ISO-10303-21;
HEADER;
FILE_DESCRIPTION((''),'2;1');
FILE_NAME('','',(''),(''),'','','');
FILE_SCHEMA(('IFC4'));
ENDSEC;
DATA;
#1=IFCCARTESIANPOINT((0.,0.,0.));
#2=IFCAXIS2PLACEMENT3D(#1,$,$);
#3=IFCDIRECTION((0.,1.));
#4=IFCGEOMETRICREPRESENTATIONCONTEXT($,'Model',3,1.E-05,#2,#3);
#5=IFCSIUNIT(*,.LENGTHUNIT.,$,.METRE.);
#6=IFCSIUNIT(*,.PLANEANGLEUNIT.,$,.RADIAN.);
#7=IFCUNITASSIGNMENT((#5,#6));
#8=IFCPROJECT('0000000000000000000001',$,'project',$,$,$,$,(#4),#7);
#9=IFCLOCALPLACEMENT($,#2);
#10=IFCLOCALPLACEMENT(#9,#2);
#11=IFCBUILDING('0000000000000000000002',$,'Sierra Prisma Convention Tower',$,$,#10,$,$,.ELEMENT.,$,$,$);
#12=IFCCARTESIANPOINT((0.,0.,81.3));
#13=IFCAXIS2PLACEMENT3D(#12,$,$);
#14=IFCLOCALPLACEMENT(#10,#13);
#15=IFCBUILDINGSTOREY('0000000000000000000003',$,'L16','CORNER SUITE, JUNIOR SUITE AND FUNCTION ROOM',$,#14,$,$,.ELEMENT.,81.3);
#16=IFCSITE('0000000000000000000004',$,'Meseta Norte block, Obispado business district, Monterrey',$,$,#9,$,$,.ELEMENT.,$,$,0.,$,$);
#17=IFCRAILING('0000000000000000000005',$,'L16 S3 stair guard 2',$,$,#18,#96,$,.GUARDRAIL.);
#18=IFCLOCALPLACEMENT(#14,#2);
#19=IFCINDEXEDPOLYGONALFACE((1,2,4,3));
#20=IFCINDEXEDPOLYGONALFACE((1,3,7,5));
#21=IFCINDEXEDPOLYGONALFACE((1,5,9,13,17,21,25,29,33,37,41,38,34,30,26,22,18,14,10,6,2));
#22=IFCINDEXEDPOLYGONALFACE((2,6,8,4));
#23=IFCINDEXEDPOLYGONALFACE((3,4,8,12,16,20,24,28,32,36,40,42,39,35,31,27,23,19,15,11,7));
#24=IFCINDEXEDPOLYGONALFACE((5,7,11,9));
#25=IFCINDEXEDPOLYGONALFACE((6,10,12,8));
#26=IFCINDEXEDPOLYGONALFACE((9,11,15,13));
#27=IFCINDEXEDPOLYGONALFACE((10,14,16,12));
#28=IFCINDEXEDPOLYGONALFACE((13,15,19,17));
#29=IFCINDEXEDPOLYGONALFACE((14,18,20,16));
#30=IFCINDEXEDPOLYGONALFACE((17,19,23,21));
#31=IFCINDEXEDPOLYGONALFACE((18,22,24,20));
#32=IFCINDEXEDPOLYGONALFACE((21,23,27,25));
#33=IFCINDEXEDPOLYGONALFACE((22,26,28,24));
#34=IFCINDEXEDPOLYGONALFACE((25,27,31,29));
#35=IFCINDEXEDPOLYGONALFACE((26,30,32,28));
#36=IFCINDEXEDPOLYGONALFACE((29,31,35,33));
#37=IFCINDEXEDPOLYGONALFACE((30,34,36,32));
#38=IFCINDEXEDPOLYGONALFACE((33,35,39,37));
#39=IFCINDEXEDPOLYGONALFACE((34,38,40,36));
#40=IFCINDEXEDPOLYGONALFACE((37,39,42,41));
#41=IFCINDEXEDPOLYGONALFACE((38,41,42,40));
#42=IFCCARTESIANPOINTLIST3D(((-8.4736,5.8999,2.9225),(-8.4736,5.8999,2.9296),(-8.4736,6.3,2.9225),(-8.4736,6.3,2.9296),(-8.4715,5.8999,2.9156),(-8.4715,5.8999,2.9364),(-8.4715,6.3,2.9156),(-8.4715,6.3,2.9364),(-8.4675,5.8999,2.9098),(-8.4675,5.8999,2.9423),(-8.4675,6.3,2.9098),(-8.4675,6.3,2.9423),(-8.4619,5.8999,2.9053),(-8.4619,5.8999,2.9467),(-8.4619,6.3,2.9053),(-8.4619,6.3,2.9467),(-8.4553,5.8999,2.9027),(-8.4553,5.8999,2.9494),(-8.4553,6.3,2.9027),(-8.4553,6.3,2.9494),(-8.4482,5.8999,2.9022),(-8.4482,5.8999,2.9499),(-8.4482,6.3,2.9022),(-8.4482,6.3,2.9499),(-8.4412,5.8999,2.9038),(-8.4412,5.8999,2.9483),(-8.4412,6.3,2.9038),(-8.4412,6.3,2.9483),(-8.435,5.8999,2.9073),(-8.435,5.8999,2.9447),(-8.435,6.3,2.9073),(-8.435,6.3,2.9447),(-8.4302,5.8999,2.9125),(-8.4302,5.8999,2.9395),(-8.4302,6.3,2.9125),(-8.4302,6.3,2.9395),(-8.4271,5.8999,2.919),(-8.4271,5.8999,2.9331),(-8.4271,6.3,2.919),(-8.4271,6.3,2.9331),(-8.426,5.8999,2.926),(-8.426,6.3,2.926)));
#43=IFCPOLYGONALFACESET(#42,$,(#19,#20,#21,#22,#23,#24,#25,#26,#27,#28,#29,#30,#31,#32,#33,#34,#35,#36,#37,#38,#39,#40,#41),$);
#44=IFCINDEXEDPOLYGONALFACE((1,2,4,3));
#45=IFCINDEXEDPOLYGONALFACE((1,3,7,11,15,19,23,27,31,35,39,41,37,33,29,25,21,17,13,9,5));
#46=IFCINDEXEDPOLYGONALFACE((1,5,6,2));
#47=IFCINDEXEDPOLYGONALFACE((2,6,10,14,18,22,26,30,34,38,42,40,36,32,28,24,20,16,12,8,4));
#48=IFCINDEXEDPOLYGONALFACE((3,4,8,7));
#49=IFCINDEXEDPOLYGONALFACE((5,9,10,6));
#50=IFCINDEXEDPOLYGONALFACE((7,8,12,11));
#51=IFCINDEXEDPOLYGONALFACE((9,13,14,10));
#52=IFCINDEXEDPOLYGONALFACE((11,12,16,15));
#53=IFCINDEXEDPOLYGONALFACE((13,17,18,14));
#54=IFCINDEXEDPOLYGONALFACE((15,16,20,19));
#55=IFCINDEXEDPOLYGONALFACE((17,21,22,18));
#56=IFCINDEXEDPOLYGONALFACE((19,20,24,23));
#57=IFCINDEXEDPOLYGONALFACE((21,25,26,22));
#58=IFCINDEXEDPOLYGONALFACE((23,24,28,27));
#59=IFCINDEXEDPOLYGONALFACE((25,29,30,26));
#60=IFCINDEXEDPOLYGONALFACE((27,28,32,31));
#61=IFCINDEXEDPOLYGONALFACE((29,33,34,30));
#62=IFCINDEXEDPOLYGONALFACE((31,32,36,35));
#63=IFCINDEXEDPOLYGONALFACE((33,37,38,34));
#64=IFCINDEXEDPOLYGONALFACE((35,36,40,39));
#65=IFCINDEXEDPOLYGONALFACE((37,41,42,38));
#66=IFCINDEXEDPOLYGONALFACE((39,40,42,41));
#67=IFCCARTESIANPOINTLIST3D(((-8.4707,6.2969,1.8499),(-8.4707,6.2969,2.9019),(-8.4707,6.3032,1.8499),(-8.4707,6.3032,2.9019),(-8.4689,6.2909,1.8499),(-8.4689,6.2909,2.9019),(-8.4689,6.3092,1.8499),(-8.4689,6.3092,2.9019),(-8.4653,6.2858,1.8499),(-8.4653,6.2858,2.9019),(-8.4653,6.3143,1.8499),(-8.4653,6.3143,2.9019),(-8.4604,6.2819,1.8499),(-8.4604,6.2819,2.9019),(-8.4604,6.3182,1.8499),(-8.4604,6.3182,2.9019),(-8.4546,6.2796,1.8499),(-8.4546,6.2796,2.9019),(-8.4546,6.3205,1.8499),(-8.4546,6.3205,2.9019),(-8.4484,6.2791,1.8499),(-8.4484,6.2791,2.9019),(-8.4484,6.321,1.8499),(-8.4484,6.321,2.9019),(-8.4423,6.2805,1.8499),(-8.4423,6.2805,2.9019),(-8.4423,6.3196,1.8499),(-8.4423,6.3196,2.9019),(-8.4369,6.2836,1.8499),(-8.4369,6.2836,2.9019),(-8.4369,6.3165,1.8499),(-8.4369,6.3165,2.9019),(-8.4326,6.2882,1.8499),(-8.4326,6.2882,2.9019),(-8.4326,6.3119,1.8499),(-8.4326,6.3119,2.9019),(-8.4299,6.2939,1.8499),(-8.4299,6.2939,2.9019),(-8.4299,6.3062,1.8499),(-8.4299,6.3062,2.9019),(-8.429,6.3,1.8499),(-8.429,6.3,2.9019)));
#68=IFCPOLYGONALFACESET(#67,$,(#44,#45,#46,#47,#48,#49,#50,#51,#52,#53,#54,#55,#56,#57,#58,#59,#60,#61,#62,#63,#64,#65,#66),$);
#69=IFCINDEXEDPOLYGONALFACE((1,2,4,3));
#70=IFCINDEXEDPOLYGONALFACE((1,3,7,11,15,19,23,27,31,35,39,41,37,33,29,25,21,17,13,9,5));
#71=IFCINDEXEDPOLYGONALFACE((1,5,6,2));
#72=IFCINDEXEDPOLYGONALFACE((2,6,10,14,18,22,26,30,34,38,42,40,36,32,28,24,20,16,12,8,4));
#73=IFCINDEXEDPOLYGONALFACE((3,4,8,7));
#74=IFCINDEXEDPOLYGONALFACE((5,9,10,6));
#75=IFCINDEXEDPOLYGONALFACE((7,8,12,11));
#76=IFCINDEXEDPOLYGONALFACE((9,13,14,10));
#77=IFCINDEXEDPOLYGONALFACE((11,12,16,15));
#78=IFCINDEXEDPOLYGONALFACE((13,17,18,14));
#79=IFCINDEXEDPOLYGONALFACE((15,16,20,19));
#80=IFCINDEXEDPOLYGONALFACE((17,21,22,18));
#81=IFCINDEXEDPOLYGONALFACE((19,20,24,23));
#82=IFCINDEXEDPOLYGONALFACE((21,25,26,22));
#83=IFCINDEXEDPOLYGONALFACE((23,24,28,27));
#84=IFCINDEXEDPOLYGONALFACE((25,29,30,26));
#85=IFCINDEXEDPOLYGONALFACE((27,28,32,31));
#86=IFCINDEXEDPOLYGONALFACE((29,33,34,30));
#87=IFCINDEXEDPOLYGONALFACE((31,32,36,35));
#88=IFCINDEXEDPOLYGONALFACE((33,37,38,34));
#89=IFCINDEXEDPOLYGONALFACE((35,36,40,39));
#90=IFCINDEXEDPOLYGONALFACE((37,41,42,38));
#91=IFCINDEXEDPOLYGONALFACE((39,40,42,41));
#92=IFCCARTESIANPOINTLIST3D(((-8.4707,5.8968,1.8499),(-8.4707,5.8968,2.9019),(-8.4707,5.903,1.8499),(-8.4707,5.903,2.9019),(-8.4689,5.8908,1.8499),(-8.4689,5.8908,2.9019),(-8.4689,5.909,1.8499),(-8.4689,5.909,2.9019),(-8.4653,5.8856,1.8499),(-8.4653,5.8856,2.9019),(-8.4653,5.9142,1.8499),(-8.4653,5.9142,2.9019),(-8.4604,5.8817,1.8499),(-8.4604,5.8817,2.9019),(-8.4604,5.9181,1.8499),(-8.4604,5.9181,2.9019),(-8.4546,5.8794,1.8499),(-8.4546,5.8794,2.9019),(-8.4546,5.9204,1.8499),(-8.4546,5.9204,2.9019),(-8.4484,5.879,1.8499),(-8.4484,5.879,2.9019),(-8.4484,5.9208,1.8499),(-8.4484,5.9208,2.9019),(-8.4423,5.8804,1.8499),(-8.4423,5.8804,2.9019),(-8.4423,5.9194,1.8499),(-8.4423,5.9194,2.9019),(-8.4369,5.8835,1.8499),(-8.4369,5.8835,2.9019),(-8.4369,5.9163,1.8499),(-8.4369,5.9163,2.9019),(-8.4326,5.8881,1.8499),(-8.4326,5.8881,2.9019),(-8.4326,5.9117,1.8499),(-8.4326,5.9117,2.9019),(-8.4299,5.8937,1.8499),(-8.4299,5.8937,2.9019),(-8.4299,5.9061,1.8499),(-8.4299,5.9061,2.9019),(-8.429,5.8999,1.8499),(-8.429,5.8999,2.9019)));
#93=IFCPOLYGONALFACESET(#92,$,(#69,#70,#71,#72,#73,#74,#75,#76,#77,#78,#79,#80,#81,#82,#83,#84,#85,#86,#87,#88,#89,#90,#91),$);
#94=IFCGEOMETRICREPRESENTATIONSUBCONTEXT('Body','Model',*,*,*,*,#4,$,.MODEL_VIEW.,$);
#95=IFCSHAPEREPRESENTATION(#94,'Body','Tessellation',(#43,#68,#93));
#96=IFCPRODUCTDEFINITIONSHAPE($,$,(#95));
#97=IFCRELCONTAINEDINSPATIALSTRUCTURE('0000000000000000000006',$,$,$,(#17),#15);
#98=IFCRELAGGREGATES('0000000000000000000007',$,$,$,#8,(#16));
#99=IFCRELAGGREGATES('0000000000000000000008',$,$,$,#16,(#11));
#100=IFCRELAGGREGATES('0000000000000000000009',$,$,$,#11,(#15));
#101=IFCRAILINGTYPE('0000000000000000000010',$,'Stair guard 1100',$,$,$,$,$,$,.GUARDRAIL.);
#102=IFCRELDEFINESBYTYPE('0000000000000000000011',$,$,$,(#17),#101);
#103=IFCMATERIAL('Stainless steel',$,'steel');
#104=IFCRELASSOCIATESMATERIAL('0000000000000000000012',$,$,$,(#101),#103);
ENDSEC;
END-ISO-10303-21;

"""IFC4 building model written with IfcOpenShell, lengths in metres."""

from ifc_helpers import new_model, si_unit, direction, frame, origin, origin_2d, place, context, subcontext, project, spatial, circle, extrude, material, type_object, element, save


model = new_model("IFC4")

# Units and contexts
model_context = context("Model", 3, precision=1e-05, world=origin(), true_north=direction((0.0, 1.0)))
body_context = subcontext(model_context, "Body", "Model", "MODEL_VIEW")
ifc_project = project(units=[si_unit("LENGTHUNIT", "METRE"), si_unit("PLANEANGLEUNIT", "RADIAN")], contexts=[model_context])

# Site, building, storey
site_placement = place(None, origin())
site = spatial("IfcSite", under=ifc_project, at=site_placement, Name="Meseta Norte block, Obispado business district, Monterrey", CompositionType="ELEMENT", RefElevation=0.0)
building_placement = place(site_placement, origin())
building = spatial("IfcBuilding", under=site, at=building_placement, Name="Sierra Prisma Convention Tower", CompositionType="ELEMENT")
storey_placement = place(building_placement, frame((0.0, 0.0, 81.3)))
storey = spatial("IfcBuildingStorey", under=building, at=storey_placement, Name="L16", Description="CORNER SUITE, JUNIOR SUITE AND FUNCTION ROOM", CompositionType="ELEMENT", Elevation=81.3)

# Railing
ifc_material_1 = material(Name="Stainless steel", Category="steel")
railing_type_1 = type_object("IfcRailingType", Name="Stair guard 1100", PredefinedType="GUARDRAIL", material=ifc_material_1)
railing_1_placement = place(storey_placement, frame((-8.45, 6.3, 1.8499)))
element("IfcRailing", 1, at=railing_1_placement, inside=storey, type_object=railing_type_1, Name="L16 S3 stair guard 2", PredefinedType="GUARDRAIL", context=body_context, shape_type="SweptSolid", body=[
    extrude(circle(Radius=0.0239, at=origin_2d()), frame((0.0, 0.0, 1.0762), z_axis=(0.0, -1.0, 0.0), x_axis=(1.0, 0.0, 0.0)), (0.0, 0.0, 1.0), 0.4001),
    extrude(circle(Radius=0.021, at=origin_2d()), origin(), (0.0, 0.0, 1.0), 1.052),
    extrude(circle(Radius=0.021, at=origin_2d()), frame((0.0, -0.4001, 0.0)), (0.0, 0.0, 1.0), 1.052),
])

save(model, "model.ifc")
